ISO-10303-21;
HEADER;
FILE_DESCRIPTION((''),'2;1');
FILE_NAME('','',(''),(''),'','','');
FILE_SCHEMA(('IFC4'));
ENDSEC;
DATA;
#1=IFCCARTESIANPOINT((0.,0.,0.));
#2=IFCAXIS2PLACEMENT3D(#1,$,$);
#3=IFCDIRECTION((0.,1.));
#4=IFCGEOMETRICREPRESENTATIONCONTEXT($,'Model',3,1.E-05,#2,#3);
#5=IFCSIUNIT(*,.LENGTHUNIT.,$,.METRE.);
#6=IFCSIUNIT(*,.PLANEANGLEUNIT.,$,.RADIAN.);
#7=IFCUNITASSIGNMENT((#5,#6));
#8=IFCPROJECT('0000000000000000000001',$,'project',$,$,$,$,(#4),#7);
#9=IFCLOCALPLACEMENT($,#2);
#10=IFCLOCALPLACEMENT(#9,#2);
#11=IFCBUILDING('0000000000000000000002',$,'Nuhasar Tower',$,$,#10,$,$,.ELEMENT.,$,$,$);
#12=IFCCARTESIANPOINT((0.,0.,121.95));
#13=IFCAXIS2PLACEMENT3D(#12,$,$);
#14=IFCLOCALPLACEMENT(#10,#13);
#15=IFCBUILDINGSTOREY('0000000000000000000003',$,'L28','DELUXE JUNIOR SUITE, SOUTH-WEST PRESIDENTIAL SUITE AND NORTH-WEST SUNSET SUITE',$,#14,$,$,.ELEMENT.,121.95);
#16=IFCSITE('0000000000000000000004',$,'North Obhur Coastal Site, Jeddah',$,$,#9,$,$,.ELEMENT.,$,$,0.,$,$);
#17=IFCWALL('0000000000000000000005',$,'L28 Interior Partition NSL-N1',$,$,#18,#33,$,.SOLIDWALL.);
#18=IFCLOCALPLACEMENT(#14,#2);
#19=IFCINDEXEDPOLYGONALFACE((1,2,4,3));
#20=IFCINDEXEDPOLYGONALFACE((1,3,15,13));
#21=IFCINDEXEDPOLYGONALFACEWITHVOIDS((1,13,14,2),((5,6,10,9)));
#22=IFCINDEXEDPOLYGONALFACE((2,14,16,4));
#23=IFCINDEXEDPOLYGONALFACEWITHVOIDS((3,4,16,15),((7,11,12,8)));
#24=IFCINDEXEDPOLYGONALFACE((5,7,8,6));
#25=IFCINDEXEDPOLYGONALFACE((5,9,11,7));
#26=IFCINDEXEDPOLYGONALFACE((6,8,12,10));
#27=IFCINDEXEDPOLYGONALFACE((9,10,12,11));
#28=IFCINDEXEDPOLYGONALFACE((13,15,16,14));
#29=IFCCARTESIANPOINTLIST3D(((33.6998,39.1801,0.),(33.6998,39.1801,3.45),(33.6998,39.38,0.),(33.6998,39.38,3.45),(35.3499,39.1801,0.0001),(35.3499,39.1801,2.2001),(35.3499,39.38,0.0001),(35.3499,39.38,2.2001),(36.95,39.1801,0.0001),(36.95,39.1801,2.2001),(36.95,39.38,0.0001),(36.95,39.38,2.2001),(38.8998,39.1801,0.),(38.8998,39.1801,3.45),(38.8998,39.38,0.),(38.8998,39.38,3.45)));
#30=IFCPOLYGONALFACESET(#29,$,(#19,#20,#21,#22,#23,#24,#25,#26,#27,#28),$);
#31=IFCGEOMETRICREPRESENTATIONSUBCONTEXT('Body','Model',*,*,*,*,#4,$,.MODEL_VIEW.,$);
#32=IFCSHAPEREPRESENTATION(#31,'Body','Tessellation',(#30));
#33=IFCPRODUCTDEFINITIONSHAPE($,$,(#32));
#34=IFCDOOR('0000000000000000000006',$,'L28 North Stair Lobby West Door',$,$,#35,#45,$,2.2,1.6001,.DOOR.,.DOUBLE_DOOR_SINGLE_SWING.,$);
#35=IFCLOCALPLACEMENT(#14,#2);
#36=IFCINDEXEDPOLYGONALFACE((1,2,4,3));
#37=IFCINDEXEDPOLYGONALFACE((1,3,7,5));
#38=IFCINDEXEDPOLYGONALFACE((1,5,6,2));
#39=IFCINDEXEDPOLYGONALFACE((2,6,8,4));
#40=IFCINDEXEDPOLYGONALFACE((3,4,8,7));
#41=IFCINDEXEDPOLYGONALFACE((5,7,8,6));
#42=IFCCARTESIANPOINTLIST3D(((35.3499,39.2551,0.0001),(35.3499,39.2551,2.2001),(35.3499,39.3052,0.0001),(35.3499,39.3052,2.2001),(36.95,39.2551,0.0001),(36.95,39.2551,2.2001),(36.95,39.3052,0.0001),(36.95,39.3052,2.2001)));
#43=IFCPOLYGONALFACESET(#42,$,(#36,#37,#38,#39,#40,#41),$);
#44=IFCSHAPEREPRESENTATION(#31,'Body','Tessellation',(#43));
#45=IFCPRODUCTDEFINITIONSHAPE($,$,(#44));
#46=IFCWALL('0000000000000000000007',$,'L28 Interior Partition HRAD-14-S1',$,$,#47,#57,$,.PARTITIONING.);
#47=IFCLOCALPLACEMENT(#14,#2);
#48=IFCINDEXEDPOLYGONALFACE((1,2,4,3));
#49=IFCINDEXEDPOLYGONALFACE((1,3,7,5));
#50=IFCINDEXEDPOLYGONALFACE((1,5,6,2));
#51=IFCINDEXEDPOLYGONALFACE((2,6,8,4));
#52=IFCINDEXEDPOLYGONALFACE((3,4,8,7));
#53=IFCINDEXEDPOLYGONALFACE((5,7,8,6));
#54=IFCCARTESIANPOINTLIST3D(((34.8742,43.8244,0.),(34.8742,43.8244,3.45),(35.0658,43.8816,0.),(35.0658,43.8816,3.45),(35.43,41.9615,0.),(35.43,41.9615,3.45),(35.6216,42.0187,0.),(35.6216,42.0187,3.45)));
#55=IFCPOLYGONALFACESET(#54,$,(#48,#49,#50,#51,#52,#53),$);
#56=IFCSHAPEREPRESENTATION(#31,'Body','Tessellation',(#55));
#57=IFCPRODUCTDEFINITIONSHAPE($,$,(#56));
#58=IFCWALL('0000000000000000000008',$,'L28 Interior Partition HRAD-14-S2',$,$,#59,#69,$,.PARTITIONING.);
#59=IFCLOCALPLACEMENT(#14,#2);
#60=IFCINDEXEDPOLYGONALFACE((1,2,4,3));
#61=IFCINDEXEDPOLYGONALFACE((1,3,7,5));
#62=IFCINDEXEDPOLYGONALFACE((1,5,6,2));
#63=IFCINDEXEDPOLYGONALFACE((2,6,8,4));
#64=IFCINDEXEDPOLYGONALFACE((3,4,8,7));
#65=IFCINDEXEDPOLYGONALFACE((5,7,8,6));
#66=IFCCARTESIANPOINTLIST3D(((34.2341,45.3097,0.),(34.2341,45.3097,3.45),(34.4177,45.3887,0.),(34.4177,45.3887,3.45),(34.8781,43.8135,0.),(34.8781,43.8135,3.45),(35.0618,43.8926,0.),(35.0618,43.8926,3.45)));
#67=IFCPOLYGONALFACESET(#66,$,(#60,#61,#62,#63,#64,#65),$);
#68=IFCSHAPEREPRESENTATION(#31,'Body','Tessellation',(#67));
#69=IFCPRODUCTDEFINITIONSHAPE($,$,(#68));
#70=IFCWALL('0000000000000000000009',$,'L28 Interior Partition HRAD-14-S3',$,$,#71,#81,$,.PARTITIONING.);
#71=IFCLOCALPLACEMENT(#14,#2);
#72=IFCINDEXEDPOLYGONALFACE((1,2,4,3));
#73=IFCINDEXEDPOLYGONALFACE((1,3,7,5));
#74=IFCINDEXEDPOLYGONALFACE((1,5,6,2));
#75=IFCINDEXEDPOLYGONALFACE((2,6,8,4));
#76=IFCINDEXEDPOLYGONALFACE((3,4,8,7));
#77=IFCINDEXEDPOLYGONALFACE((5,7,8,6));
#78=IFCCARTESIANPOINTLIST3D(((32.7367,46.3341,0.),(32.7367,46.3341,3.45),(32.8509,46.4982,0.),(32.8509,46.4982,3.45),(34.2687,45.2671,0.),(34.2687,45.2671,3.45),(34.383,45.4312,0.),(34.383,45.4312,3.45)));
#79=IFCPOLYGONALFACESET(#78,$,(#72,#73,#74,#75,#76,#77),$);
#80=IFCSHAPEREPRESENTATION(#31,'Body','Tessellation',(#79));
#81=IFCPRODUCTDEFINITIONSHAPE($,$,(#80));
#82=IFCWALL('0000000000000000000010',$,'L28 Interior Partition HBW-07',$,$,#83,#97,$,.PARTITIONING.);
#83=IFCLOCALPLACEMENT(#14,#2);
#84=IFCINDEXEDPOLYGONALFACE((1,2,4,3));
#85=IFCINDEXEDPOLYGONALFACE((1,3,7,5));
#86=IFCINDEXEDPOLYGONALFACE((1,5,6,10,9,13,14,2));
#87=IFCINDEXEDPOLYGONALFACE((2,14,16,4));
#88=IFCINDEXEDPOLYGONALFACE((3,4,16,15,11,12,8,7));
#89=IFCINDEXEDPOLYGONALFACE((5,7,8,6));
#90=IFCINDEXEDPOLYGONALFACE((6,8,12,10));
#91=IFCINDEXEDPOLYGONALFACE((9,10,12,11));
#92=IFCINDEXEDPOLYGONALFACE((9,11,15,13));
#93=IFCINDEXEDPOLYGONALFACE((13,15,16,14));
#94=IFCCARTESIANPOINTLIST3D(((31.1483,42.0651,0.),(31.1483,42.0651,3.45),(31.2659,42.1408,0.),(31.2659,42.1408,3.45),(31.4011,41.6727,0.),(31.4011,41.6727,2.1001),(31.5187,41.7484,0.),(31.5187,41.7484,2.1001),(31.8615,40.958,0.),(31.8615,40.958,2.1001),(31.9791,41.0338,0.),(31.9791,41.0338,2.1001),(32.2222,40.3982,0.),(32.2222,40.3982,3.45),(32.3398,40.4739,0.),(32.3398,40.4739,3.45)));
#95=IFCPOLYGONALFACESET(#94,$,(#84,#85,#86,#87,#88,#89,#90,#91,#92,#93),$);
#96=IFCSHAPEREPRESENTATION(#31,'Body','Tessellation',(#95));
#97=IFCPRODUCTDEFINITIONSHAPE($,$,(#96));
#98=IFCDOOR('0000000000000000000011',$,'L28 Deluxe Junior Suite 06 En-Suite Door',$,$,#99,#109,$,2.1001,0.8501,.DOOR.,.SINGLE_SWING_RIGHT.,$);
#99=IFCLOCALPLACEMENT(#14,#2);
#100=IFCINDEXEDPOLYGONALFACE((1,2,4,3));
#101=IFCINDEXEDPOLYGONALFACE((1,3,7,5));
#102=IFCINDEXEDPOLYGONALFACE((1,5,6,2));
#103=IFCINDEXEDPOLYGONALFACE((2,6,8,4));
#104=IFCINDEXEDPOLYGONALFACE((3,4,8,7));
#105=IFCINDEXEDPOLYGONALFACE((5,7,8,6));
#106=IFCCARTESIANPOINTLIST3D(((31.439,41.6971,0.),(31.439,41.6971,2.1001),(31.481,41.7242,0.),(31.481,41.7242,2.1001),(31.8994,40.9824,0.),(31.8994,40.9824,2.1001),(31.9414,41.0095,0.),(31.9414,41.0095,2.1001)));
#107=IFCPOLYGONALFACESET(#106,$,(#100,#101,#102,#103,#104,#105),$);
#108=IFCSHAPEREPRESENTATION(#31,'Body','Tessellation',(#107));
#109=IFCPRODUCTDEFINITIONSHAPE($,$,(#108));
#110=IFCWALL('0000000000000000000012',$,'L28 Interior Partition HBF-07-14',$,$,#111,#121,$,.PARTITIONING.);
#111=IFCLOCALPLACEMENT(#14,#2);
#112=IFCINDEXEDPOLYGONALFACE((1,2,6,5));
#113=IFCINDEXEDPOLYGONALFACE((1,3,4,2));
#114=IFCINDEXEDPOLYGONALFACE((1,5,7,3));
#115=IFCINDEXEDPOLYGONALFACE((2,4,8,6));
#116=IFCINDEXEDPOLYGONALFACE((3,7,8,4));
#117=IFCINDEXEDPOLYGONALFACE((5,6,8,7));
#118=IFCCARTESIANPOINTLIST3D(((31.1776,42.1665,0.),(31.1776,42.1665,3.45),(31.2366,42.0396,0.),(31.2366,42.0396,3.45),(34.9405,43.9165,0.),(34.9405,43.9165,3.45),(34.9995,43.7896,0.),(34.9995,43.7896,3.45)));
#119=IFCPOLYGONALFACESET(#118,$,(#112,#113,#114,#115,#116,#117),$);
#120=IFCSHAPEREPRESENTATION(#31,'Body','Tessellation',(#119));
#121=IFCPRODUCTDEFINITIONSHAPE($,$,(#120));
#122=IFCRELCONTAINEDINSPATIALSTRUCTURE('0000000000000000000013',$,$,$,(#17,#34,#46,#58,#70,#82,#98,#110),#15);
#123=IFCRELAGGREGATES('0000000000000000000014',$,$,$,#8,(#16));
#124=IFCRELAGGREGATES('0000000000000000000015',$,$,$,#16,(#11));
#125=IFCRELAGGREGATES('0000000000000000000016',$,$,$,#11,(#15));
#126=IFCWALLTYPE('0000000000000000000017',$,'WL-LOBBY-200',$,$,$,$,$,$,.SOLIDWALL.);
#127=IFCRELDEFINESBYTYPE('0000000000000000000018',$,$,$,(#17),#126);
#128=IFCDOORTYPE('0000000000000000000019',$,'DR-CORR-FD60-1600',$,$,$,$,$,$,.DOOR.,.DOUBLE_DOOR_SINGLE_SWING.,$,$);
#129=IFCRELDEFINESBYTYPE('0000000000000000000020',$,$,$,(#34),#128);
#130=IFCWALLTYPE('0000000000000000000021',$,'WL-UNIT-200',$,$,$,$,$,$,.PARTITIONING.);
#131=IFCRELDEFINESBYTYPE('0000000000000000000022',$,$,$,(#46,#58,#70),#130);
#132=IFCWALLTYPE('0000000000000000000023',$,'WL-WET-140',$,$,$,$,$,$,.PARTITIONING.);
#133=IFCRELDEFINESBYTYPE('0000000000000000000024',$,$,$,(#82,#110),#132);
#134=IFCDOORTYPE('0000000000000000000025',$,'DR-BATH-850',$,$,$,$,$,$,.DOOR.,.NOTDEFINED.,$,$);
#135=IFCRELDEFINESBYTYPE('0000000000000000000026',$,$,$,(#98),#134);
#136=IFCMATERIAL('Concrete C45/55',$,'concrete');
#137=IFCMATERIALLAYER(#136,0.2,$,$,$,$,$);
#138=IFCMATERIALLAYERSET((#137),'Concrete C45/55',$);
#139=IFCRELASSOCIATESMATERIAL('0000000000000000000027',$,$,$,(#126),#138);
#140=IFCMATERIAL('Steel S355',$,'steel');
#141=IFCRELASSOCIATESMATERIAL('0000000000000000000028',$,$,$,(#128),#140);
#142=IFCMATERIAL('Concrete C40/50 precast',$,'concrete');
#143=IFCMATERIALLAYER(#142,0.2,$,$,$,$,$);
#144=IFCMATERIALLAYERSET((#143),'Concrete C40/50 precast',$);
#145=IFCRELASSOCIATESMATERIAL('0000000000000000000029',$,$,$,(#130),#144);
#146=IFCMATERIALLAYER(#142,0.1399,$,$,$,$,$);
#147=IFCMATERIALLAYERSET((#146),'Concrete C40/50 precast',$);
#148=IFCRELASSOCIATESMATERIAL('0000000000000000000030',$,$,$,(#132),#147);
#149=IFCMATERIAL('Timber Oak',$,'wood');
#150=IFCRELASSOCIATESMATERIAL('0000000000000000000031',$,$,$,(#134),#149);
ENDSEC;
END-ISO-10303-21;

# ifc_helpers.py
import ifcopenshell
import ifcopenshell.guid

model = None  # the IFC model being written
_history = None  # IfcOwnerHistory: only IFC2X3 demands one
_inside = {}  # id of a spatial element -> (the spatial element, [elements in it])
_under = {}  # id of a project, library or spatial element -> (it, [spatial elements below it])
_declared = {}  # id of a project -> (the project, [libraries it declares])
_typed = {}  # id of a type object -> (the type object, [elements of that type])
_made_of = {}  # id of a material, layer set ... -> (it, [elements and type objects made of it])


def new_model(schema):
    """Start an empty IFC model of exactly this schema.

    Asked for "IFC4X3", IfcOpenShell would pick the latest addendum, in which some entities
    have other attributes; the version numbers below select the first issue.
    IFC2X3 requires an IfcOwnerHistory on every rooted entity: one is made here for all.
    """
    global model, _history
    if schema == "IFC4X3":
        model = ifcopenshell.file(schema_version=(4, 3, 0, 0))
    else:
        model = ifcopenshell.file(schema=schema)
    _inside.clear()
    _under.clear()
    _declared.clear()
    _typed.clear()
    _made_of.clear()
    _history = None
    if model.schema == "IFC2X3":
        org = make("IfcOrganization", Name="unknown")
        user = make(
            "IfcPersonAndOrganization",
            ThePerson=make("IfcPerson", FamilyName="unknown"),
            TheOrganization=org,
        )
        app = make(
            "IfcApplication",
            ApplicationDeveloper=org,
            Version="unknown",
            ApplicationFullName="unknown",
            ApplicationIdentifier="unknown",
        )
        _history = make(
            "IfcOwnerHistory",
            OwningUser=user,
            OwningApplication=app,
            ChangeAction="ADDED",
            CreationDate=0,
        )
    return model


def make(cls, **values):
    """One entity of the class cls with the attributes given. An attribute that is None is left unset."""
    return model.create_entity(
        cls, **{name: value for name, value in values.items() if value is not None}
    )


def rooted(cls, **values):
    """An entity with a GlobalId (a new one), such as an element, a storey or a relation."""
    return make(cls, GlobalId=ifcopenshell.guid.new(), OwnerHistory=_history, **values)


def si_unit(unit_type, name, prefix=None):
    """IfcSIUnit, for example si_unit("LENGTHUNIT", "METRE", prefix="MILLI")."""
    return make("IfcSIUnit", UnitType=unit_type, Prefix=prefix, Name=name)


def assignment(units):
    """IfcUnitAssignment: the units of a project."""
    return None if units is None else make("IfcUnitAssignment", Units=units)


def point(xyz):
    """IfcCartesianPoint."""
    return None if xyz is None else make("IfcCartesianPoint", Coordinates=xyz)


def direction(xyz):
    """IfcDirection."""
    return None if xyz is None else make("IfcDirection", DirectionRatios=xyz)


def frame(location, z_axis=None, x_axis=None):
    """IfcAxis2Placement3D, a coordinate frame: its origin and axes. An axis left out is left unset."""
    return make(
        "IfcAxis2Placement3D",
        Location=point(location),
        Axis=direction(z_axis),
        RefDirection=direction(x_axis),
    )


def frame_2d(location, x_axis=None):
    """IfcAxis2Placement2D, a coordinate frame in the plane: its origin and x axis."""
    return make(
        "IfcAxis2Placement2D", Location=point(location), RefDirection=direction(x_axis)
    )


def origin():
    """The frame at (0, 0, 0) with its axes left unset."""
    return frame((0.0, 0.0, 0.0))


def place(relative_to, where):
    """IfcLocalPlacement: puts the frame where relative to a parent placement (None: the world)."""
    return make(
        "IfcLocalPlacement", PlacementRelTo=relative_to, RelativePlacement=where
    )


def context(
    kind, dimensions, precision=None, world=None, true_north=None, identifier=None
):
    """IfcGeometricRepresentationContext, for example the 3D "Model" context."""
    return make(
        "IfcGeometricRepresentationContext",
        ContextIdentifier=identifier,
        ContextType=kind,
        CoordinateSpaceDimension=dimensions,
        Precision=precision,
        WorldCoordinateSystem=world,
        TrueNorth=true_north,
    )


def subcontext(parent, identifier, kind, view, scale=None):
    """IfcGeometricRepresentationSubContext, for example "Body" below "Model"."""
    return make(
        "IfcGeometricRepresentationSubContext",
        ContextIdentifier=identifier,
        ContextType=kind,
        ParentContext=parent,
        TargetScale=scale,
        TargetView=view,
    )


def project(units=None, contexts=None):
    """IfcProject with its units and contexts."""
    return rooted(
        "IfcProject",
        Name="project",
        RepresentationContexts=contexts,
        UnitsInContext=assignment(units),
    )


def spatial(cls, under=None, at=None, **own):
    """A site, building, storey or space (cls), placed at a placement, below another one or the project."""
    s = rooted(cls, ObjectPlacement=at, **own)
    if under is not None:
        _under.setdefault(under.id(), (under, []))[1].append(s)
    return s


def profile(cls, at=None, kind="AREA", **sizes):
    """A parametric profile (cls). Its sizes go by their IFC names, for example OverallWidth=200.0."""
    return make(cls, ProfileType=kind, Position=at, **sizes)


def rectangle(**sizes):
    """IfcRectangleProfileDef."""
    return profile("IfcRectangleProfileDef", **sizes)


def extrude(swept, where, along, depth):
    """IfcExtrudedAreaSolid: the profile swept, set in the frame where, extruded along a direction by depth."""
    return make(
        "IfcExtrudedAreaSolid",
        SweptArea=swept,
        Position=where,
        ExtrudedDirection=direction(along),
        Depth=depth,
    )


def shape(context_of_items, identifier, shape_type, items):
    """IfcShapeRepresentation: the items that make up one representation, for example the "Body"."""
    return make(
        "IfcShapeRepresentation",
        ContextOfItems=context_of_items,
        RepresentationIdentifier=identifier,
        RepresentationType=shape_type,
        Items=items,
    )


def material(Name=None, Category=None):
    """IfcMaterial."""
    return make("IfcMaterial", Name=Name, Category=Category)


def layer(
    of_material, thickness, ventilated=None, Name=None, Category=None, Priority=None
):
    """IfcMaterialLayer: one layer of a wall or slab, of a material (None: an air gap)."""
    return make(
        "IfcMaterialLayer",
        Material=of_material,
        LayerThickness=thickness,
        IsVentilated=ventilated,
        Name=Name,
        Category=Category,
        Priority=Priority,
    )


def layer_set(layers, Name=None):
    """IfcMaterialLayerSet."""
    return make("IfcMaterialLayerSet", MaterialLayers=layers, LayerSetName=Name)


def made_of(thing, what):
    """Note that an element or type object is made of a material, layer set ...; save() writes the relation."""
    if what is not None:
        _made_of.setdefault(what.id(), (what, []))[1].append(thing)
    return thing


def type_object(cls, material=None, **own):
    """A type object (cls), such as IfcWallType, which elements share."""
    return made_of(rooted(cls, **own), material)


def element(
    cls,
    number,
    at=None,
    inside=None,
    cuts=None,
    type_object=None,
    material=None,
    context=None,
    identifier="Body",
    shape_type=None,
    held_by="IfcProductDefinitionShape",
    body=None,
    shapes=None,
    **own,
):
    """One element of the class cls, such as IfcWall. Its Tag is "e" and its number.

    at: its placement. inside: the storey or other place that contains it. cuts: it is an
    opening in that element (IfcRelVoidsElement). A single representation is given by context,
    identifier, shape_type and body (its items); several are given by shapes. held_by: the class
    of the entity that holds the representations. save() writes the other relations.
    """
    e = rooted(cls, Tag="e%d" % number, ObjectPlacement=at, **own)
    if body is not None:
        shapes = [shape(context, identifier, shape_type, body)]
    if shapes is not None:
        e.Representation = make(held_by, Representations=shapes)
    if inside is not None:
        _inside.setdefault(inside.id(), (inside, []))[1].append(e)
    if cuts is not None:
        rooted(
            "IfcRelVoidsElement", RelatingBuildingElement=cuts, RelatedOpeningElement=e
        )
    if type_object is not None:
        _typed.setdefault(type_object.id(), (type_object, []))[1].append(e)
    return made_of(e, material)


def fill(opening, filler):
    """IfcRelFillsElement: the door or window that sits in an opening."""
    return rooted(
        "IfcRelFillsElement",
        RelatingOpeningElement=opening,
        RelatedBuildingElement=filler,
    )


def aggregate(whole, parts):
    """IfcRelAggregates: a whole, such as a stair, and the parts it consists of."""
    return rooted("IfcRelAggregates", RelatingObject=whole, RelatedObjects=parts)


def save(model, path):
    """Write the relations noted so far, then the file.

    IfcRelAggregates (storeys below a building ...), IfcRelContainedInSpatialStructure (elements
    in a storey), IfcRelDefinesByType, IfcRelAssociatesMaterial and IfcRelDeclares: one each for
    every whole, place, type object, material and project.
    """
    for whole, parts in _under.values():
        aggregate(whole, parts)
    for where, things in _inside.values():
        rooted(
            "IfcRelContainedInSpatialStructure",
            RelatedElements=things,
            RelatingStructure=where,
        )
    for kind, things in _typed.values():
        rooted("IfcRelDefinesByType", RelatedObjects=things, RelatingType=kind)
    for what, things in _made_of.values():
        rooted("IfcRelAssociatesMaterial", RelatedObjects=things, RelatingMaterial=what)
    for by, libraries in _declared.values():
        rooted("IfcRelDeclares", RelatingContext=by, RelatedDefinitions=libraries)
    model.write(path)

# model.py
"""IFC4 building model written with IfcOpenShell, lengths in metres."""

from ifc_helpers import new_model, si_unit, direction, frame, frame_2d, origin, place, context, subcontext, project, spatial, rectangle, extrude, material, layer, layer_set, type_object, element, fill, save


model = new_model("IFC4")

# Units and contexts
model_context = context("Model", 3, precision=1e-05, world=origin(), true_north=direction((0.0, 1.0)))
body_context = subcontext(model_context, "Body", "Model", "MODEL_VIEW")
ifc_project = project(units=[si_unit("LENGTHUNIT", "METRE"), si_unit("PLANEANGLEUNIT", "RADIAN")], contexts=[model_context])

# Site, building, storey
site_placement = place(None, origin())
site = spatial("IfcSite", under=ifc_project, at=site_placement, Name="North Obhur Coastal Site, Jeddah", CompositionType="ELEMENT", RefElevation=0.0)
building_placement = place(site_placement, origin())
building = spatial("IfcBuilding", under=site, at=building_placement, Name="Nuhasar Tower", CompositionType="ELEMENT")
storey_placement = place(building_placement, frame((0.0, 0.0, 121.95)))
storey = spatial("IfcBuildingStorey", under=building, at=storey_placement, Name="L28", Description="DELUXE JUNIOR SUITE, SOUTH-WEST PRESIDENTIAL SUITE AND NORTH-WEST SUNSET SUITE", CompositionType="ELEMENT", Elevation=121.95)

# Shared definitions
ifc_material_1 = material(Name="Steel S355", Category="steel")

# Shared definitions
ifc_material_2 = material(Name="Concrete C45/55", Category="concrete")
ifc_layer_1 = layer(ifc_material_2, 0.2)
ifc_layer_set_1 = layer_set([ifc_layer_1], Name="Concrete C45/55")
wall_type_1 = type_object("IfcWallType", Name="WL-LOBBY-200", PredefinedType="SOLIDWALL", material=ifc_layer_set_1)

# Wall, opening, door
wall_1_placement = place(storey_placement, frame((38.8999, 39.28, 0.0), z_axis=(0.0, 0.0, 1.0), x_axis=(-1.0, 0.0, 0.0)))
wall_1 = element("IfcWall", 1, at=wall_1_placement, inside=storey, type_object=wall_type_1, Name="L28 Interior Partition NSL-N1", PredefinedType="SOLIDWALL", context=body_context, shape_type="SweptSolid", body=[
    extrude(rectangle(XDim=5.2, YDim=0.2, at=frame_2d((2.6001, 0.0))), origin(), (0.0, 0.0, 1.0), 3.45),
])
opening_1_placement = place(wall_1_placement, frame((1.95, 0.0, 0.0)))
opening_1 = element("IfcOpeningElement", 2, at=opening_1_placement, cuts=wall_1, PredefinedType="OPENING", context=body_context, shape_type="SweptSolid", body=[
    extrude(rectangle(XDim=1.6001, YDim=2.2, at=frame_2d((0.8, 1.1001))), frame((0.0, 0.1099, 0.0), z_axis=(0.0, -1.0, 0.0), x_axis=(1.0, 0.0, 0.0)), (0.0, 0.0, 1.0), 0.22),
])
door_type_1 = type_object("IfcDoorType", Name="DR-CORR-FD60-1600", OperationType="DOUBLE_DOOR_SINGLE_SWING", PredefinedType="DOOR", material=ifc_material_1)
door_1_placement = place(opening_1_placement, origin())
door_1 = element("IfcDoor", 3, at=door_1_placement, inside=storey, type_object=door_type_1, Name="L28 North Stair Lobby West Door", OperationType="DOUBLE_DOOR_SINGLE_SWING", OverallHeight=2.2, OverallWidth=1.6001, PredefinedType="DOOR", context=body_context, shape_type="SweptSolid", body=[
    extrude(rectangle(XDim=1.6001, YDim=2.2, at=frame_2d((0.8, 1.1001))), frame((0.0, 0.0249, 0.0), z_axis=(0.0, -1.0, 0.0), x_axis=(1.0, 0.0, 0.0)), (0.0, 0.0, 1.0), 0.05),
])
fill(opening_1, door_1)

# Walls
ifc_material_3 = material(Name="Concrete C40/50 precast", Category="concrete")
ifc_layer_2 = layer(ifc_material_3, 0.2)
ifc_layer_set_2 = layer_set([ifc_layer_2], Name="Concrete C40/50 precast")
wall_type_2 = type_object("IfcWallType", Name="WL-UNIT-200", PredefinedType="PARTITIONING", material=ifc_layer_set_2)
wall_2_placement = place(storey_placement, frame((35.5259, 41.99, 0.0), z_axis=(0.0, 0.0, 1.0), x_axis=(-0.285931, 0.95825, 0.0)))
element("IfcWall", 4, at=wall_2_placement, inside=storey, type_object=wall_type_2, Name="L28 Interior Partition HRAD-14-S1", PredefinedType="PARTITIONING", context=body_context, shape_type="SweptSolid", body=[
    extrude(rectangle(XDim=1.9441, YDim=0.2, at=frame_2d((0.9722, 0.0))), origin(), (0.0, 0.0, 1.0), 3.45),
])
wall_3_placement = place(storey_placement, frame((34.97, 43.853, 0.0), z_axis=(0.0, 0.0, 1.0), x_axis=(-0.395402, 0.918508, 0.0)))
element("IfcWall", 5, at=wall_3_placement, inside=storey, type_object=wall_type_2, Name="L28 Interior Partition HRAD-14-S2", PredefinedType="PARTITIONING", context=body_context, shape_type="SweptSolid", body=[
    extrude(rectangle(XDim=1.6289, YDim=0.2, at=frame_2d((0.8145, 0.0))), origin(), (0.0, 0.0, 1.0), 3.45),
])
wall_4_placement = place(storey_placement, frame((34.3259, 45.3491, 0.0), z_axis=(0.0, 0.0, 1.0), x_axis=(-0.820612, 0.571486, 0.0)))
element("IfcWall", 6, at=wall_4_placement, inside=storey, type_object=wall_type_2, Name="L28 Interior Partition HRAD-14-S3", PredefinedType="PARTITIONING", context=body_context, shape_type="SweptSolid", body=[
    extrude(rectangle(XDim=1.8669, YDim=0.2, at=frame_2d((0.9336, 0.0))), origin(), (0.0, 0.0, 1.0), 3.45),
])

# Wall, opening, door
ifc_layer_3 = layer(ifc_material_3, 0.1399)
ifc_layer_set_3 = layer_set([ifc_layer_3], Name="Concrete C40/50 precast")
wall_type_3 = type_object("IfcWallType", Name="WL-WET-140", PredefinedType="PARTITIONING", material=ifc_layer_set_3)
wall_5_placement = place(storey_placement, frame((32.281, 40.436, 0.0), z_axis=(0.0, 0.0, 1.0), x_axis=(-0.541591, 0.840642, 0.0)))
wall_5 = element("IfcWall", 7, at=wall_5_placement, inside=storey, type_object=wall_type_3, Name="L28 Interior Partition HBW-07", PredefinedType="PARTITIONING", context=body_context, shape_type="SweptSolid", body=[
    extrude(rectangle(XDim=1.9829, YDim=0.1399, at=frame_2d((0.9915, 0.0))), origin(), (0.0, 0.0, 1.0), 3.45),
])
opening_2_placement = place(wall_5_placement, frame((0.666, 0.0, 0.0)))
opening_2 = element("IfcOpeningElement", 8, at=opening_2_placement, cuts=wall_5, PredefinedType="OPENING", context=body_context, shape_type="SweptSolid", body=[
    extrude(rectangle(XDim=0.8501, YDim=2.1001, at=frame_2d((0.425, 1.05))), frame((0.0, 0.0801, 0.0), z_axis=(0.0, -1.0, 0.0), x_axis=(1.0, 0.0, 0.0)), (0.0, 0.0, 1.0), 0.1599),
])
ifc_material_4 = material(Name="Timber Oak", Category="wood")
door_type_2 = type_object("IfcDoorType", Name="DR-BATH-850", OperationType="NOTDEFINED", PredefinedType="DOOR", material=ifc_material_4)
door_2_placement = place(opening_2_placement, origin())
door_2 = element("IfcDoor", 9, at=door_2_placement, inside=storey, type_object=door_type_2, Name="L28 Deluxe Junior Suite 06 En-Suite Door", OperationType="SINGLE_SWING_RIGHT", OverallHeight=2.1001, OverallWidth=0.8501, PredefinedType="DOOR", context=body_context, shape_type="SweptSolid", body=[
    extrude(rectangle(XDim=0.8501, YDim=2.1001, at=frame_2d((0.425, 1.05))), frame((0.0, 0.0249, 0.0), z_axis=(0.0, -1.0, 0.0), x_axis=(1.0, 0.0, 0.0)), (0.0, 0.0, 1.0), 0.05),
])
fill(opening_2, door_2)

# Wall
wall_6_placement = place(storey_placement, frame((34.97, 43.853, 0.0), z_axis=(0.0, 0.0, 1.0), x_axis=(-0.90674, -0.42169, 0.0)))
element("IfcWall", 10, at=wall_6_placement, inside=storey, type_object=wall_type_3, Name="L28 Interior Partition HBF-07-14", PredefinedType="PARTITIONING", context=body_context, shape_type="SweptSolid", body=[
    extrude(rectangle(XDim=4.1499, YDim=0.1399, at=frame_2d((2.075, 0.0))), origin(), (0.0, 0.0, 1.0), 3.45),
])

save(model, "model.ifc")
